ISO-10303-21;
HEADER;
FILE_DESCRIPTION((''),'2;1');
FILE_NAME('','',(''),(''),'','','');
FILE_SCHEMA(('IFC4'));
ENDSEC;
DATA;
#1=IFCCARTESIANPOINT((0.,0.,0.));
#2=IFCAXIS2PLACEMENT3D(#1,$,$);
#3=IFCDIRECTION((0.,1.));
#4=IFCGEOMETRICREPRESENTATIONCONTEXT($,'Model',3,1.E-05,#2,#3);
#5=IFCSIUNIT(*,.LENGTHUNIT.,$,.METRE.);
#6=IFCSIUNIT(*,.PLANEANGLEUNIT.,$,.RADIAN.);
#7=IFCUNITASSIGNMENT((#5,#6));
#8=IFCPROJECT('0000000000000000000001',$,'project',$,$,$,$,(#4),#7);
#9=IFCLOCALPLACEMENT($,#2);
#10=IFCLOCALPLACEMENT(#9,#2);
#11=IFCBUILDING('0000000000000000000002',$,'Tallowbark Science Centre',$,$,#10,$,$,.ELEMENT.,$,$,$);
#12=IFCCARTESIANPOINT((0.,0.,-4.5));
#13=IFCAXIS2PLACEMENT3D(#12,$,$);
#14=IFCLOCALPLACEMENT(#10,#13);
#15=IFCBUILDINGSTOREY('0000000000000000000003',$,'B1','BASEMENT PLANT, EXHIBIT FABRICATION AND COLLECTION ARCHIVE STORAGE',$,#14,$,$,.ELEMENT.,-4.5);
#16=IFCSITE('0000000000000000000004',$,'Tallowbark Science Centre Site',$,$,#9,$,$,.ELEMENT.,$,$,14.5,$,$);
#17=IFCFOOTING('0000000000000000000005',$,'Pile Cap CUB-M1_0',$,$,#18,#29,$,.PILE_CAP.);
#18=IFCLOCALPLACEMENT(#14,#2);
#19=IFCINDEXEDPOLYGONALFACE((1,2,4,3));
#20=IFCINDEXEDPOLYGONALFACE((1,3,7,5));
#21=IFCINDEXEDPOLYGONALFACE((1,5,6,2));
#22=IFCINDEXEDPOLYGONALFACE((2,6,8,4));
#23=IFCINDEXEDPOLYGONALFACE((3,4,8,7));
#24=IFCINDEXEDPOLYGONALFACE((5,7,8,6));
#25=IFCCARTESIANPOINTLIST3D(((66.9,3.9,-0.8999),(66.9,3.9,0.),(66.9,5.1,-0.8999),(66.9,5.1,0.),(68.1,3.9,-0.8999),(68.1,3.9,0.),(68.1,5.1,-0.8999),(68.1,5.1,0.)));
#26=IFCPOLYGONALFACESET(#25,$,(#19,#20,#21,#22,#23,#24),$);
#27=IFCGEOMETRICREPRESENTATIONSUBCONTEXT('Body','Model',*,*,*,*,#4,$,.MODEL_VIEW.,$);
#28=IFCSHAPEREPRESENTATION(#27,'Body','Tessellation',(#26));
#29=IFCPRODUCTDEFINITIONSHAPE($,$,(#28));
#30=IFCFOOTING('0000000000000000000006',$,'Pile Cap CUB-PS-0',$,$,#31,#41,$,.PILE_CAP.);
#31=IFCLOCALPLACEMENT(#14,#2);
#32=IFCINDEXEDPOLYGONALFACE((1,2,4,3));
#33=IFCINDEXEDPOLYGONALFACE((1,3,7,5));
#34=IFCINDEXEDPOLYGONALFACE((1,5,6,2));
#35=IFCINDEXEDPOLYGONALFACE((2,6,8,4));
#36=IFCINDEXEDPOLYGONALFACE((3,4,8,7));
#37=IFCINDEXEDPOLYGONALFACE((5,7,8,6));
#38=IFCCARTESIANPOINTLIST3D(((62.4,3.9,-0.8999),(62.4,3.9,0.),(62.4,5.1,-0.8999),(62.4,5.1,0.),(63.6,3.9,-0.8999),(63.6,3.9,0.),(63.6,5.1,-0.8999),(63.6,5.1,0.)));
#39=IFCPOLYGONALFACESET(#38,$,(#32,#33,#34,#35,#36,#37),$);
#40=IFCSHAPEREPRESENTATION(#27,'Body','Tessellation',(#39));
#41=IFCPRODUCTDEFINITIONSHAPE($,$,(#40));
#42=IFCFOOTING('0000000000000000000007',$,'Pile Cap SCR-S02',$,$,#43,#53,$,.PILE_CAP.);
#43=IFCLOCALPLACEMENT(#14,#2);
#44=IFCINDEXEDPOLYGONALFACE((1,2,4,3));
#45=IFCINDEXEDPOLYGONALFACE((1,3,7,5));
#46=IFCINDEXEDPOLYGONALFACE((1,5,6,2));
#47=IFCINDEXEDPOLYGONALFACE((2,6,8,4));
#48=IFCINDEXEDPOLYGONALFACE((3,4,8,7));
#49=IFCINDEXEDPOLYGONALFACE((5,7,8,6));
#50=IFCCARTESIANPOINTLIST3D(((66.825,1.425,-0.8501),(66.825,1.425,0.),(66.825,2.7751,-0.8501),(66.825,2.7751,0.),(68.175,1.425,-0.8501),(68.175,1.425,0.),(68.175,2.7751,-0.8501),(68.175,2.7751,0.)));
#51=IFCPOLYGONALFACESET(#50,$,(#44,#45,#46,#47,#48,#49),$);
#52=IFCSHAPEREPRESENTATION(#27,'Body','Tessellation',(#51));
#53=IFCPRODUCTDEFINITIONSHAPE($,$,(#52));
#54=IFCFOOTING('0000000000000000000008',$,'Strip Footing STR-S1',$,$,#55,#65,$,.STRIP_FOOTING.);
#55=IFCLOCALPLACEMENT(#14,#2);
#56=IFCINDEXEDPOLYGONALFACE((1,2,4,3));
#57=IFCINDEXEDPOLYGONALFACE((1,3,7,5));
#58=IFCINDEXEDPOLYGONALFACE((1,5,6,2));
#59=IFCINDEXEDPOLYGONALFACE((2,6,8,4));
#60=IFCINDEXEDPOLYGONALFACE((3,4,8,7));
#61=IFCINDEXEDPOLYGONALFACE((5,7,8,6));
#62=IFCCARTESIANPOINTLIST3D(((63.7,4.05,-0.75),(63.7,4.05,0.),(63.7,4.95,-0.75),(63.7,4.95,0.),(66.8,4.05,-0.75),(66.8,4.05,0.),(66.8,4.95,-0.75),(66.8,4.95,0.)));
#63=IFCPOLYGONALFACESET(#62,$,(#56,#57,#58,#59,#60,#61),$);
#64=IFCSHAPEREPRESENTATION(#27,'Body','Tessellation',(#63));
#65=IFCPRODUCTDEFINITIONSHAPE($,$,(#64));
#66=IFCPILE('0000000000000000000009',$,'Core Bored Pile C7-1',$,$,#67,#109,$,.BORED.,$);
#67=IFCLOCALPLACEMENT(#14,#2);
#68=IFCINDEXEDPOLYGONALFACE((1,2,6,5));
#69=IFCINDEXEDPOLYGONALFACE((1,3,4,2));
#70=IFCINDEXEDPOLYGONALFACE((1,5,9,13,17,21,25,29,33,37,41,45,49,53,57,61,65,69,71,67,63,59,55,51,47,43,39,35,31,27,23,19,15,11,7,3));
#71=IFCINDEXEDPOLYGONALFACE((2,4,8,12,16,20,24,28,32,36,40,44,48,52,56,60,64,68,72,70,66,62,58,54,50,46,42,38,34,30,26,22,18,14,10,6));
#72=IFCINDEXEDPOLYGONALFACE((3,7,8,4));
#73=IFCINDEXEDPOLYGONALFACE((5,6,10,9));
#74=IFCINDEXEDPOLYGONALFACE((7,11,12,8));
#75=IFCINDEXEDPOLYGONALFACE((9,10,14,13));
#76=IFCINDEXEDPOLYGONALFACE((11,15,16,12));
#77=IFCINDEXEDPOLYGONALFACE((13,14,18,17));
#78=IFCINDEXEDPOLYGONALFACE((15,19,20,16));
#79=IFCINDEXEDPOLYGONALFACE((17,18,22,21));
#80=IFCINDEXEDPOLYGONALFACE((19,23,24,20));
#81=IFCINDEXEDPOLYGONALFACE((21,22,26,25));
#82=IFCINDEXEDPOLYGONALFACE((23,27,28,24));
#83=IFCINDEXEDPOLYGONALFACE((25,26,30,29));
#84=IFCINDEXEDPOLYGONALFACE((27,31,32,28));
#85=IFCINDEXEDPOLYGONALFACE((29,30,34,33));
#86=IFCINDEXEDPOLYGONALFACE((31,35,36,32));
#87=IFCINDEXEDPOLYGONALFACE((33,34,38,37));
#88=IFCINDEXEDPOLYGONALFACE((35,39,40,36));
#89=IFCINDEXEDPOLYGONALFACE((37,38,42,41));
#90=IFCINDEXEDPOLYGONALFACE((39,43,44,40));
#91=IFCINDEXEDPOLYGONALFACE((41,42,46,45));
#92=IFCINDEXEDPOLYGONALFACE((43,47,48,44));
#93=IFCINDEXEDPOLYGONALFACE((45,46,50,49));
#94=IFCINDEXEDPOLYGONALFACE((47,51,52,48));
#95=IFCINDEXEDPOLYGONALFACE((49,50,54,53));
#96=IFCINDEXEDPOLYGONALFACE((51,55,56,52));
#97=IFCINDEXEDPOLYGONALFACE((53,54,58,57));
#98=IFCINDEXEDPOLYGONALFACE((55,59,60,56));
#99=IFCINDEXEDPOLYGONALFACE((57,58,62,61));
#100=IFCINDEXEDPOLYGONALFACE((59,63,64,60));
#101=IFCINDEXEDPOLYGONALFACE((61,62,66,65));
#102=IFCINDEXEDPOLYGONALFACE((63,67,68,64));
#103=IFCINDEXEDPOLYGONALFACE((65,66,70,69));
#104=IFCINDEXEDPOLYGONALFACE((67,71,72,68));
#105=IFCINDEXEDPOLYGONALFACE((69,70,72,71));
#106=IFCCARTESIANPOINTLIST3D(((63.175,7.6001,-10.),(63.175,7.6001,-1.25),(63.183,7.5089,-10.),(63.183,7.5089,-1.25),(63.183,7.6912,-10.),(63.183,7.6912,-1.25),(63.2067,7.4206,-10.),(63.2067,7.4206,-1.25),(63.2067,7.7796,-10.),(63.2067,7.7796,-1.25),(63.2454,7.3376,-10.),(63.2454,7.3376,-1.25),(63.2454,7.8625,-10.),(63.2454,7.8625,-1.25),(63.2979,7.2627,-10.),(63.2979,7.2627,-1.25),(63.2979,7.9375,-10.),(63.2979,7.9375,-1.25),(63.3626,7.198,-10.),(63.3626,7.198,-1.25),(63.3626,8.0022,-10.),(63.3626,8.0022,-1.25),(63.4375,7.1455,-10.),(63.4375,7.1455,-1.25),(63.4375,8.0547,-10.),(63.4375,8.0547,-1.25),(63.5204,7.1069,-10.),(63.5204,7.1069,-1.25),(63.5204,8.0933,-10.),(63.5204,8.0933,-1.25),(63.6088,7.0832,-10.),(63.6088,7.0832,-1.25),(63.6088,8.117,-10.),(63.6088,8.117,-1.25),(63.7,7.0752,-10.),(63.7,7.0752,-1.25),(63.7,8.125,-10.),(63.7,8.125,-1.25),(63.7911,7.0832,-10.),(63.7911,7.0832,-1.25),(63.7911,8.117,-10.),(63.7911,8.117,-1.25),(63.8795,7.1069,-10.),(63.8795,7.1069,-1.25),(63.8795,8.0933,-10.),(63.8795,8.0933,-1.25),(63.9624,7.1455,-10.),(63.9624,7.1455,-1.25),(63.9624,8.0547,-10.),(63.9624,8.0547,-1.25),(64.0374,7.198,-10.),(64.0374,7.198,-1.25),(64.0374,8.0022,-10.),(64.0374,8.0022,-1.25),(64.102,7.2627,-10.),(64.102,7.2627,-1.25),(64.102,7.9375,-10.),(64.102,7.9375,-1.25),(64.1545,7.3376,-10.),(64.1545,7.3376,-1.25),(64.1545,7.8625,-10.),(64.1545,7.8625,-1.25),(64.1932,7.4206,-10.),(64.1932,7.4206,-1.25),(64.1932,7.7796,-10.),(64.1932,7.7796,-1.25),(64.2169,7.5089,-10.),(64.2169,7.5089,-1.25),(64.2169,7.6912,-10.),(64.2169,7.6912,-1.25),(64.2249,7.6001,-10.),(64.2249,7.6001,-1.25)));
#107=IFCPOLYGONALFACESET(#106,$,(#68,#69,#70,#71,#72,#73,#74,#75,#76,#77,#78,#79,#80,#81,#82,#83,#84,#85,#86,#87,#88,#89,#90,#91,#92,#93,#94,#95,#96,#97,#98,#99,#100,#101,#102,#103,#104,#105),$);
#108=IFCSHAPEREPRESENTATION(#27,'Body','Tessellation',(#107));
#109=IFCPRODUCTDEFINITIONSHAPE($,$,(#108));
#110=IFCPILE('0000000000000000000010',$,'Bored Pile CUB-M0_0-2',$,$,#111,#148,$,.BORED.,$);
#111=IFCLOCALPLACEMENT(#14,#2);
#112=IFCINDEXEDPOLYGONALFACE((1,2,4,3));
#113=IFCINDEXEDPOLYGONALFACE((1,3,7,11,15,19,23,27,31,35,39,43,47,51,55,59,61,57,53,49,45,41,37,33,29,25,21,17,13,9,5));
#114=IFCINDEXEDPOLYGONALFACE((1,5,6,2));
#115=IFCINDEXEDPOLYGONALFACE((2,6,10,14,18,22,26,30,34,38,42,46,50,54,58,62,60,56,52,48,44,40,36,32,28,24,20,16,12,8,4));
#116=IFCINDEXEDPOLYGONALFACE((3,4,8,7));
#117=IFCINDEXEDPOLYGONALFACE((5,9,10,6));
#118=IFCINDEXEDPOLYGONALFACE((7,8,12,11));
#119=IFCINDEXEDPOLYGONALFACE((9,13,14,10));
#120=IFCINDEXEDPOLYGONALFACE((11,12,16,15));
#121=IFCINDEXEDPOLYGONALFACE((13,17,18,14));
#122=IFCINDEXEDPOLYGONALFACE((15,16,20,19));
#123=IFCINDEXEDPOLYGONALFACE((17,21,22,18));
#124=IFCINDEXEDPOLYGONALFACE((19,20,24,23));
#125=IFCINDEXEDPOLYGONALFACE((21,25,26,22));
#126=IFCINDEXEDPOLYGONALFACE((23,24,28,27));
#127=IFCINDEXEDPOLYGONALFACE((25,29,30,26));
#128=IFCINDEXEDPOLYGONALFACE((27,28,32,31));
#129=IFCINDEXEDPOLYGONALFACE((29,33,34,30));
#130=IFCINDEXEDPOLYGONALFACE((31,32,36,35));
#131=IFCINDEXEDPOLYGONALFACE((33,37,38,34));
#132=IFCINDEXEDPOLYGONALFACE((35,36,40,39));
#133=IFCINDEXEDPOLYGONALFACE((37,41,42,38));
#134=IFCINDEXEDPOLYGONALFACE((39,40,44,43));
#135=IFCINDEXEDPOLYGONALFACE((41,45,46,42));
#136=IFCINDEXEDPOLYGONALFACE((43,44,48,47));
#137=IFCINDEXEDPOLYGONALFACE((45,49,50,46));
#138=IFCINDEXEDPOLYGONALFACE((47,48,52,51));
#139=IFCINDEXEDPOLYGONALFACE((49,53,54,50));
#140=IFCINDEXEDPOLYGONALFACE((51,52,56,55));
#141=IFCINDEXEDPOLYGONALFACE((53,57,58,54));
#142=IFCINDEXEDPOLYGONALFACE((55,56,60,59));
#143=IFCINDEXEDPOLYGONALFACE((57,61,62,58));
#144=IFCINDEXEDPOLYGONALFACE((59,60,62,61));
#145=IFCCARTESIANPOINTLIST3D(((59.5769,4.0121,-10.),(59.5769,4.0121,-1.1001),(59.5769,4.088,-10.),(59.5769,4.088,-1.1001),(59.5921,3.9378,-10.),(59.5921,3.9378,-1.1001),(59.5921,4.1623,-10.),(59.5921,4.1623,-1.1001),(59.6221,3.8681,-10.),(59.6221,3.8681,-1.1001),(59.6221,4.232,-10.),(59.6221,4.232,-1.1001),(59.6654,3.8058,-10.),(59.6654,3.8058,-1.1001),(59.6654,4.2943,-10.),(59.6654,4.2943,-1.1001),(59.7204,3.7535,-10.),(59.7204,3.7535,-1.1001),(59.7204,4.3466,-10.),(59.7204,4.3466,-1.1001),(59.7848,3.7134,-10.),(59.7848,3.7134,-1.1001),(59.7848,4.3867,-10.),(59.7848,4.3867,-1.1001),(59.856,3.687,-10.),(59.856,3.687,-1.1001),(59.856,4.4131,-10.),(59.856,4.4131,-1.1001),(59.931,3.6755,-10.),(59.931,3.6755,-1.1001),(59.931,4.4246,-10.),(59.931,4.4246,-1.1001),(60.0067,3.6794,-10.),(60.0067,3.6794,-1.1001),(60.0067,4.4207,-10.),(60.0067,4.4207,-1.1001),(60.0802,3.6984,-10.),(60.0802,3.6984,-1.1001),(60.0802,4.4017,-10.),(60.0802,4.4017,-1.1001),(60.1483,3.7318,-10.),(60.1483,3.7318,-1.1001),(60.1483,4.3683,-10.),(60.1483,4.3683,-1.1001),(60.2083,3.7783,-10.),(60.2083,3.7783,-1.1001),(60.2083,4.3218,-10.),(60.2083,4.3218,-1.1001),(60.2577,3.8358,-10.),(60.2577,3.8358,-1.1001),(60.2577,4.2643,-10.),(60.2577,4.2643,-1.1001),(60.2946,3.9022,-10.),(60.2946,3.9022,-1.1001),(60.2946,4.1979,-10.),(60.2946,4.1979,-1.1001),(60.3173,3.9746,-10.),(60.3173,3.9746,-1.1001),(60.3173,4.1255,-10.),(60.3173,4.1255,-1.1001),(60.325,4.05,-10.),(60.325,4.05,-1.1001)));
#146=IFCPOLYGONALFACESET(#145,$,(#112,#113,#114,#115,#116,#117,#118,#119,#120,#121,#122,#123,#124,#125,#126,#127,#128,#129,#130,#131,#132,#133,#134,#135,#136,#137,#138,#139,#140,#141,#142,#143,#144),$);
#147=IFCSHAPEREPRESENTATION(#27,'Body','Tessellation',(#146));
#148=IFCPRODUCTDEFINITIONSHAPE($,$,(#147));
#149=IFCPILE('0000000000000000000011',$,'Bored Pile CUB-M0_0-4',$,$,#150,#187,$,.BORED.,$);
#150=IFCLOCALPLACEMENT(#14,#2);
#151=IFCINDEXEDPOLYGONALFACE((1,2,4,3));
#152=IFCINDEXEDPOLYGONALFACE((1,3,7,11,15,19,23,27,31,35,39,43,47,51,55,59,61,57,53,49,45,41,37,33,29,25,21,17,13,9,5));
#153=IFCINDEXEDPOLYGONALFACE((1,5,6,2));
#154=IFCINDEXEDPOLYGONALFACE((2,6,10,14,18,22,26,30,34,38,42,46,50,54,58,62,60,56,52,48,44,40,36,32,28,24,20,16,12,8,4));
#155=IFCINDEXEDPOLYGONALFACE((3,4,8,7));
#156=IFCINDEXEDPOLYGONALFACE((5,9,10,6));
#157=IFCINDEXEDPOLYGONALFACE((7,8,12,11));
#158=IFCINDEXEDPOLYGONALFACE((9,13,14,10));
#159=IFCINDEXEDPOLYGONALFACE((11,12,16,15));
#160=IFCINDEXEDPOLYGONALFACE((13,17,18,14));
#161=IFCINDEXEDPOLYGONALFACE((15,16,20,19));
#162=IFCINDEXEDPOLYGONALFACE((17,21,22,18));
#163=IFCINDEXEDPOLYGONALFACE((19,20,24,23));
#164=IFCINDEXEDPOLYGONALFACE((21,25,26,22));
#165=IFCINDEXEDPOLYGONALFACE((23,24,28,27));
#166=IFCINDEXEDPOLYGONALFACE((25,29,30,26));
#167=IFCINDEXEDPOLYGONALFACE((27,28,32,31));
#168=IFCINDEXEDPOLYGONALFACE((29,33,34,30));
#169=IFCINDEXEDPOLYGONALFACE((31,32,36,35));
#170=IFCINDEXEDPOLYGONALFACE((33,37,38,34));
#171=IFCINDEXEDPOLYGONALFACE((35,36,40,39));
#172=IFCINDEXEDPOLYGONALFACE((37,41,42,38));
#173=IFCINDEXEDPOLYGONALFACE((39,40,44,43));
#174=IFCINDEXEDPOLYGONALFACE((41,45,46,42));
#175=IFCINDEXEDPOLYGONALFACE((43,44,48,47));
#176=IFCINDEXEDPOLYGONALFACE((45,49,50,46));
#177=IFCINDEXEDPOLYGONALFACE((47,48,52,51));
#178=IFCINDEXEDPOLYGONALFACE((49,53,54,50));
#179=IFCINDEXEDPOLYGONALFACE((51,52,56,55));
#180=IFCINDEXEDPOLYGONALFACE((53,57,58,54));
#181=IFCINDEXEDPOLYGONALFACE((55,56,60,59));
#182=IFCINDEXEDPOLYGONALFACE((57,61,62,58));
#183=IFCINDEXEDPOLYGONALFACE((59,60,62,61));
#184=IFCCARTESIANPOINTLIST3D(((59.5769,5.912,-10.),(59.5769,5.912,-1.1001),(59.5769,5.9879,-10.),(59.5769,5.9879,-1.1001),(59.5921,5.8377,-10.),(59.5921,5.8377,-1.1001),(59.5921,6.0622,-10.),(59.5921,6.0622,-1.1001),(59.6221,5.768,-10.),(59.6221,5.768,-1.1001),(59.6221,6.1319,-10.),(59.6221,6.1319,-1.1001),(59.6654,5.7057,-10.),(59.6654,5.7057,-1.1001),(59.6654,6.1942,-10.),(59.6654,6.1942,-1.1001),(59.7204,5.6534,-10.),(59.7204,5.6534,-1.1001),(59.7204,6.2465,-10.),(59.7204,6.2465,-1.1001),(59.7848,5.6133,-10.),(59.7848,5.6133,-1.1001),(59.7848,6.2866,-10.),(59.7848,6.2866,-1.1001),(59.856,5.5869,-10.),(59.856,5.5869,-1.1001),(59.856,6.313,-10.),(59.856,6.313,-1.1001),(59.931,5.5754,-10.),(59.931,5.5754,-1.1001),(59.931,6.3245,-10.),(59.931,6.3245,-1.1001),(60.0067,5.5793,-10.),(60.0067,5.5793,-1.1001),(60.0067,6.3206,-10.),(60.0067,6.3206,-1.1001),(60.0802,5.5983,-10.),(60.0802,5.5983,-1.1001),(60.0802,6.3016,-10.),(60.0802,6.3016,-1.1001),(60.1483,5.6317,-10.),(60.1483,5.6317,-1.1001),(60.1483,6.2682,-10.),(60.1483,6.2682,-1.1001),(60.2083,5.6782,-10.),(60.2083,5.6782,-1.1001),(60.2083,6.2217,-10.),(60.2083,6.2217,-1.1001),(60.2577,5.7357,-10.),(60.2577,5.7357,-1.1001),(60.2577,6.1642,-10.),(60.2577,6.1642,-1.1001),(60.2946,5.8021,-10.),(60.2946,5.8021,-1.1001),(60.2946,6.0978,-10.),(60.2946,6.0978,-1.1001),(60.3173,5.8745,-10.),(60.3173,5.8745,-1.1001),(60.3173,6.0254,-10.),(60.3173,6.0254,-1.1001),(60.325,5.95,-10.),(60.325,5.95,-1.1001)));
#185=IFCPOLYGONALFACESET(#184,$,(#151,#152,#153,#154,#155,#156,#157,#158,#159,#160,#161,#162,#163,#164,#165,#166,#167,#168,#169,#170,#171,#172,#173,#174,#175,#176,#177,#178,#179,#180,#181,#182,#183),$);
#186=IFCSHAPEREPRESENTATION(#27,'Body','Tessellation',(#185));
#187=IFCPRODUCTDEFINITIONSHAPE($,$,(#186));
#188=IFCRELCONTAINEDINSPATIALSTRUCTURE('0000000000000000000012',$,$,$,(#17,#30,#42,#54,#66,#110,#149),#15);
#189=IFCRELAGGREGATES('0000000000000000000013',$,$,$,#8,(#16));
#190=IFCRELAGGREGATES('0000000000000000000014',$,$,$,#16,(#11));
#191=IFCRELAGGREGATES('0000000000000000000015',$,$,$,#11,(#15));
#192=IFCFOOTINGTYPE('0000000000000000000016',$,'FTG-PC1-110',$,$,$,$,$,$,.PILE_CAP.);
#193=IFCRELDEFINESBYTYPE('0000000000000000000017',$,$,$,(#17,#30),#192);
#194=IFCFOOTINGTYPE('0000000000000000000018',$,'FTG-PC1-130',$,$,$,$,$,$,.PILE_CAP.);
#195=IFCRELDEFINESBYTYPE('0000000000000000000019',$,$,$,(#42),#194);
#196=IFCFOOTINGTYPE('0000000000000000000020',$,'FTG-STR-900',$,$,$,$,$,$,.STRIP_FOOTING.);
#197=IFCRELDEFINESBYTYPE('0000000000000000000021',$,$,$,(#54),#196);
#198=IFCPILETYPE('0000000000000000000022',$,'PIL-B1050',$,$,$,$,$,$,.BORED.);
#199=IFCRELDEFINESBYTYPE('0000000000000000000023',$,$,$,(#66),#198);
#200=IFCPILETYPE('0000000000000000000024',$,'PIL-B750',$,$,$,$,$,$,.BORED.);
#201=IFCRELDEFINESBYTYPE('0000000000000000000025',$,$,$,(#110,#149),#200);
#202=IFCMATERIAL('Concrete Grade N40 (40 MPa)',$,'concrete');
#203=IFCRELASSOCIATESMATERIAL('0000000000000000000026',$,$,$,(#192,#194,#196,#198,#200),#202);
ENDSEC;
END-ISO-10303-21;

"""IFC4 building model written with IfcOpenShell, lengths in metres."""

from ifc_helpers import new_model, si_unit, direction, frame, origin, origin_2d, place, context, subcontext, project, spatial, rectangle, circle, extrude, material, material_profile, profile_set, type_object, element, save


model = new_model("IFC4")

# Units and contexts
model_context = context("Model", 3, precision=1e-05, world=origin(), true_north=direction((0.0, 1.0)))
body_context = subcontext(model_context, "Body", "Model", "MODEL_VIEW")
ifc_project = project(units=[si_unit("LENGTHUNIT", "METRE"), si_unit("PLANEANGLEUNIT", "RADIAN")], contexts=[model_context])

# Site, building, storey
site_placement = place(None, origin())
site = spatial("IfcSite", under=ifc_project, at=site_placement, Name="Tallowbark Science Centre Site", CompositionType="ELEMENT", RefElevation=14.5)
building_placement = place(site_placement, origin())
building = spatial("IfcBuilding", under=site, at=building_placement, Name="Tallowbark Science Centre", CompositionType="ELEMENT")
storey_placement = place(building_placement, frame((0.0, 0.0, -4.5)))
storey = spatial("IfcBuildingStorey", under=building, at=storey_placement, Name="B1", Description="BASEMENT PLANT, EXHIBIT FABRICATION AND COLLECTION ARCHIVE STORAGE", CompositionType="ELEMENT", Elevation=-4.5)

# Footings
ifc_material_1 = material(Name="Concrete Grade N40 (40 MPa)", Category="concrete")
footing_type_1 = type_object("IfcFootingType", Name="FTG-PC1-110", PredefinedType="PILE_CAP", material=ifc_material_1)
for number, where, z_axis, x_axis, name in (
    (1, (67.5, 4.5, -0.8999), (0.0, 0.0, 1.0), (1.0, 0.0, 0.0), "Pile Cap CUB-M1_0"),
    (2, (63.0, 4.5, -0.8999), (0.0, 0.0, 1.0), (1.0, 0.0, 0.0), "Pile Cap CUB-PS-0"),
):
    element("IfcFooting", number, at=place(storey_placement, frame(where, z_axis=z_axis, x_axis=x_axis)), inside=storey, type_object=footing_type_1, Name=name, PredefinedType="PILE_CAP", context=body_context, shape_type="SweptSolid", body=[
        extrude(rectangle(XDim=1.2, YDim=1.2, at=origin_2d()), origin(), (0.0, 0.0, 1.0), 0.8999),
    ])
footing_type_2 = type_object("IfcFootingType", Name="FTG-PC1-130", PredefinedType="PILE_CAP", material=ifc_material_1)
footing_1_placement = place(storey_placement, frame((67.5, 2.1001, -0.8501), z_axis=(0.0, 0.0, 1.0), x_axis=(1.0, 0.0, 0.0)))
element("IfcFooting", 3, at=footing_1_placement, inside=storey, type_object=footing_type_2, Name="Pile Cap SCR-S02", PredefinedType="PILE_CAP", context=body_context, shape_type="SweptSolid", body=[
    extrude(rectangle(XDim=1.3501, YDim=1.3501, at=origin_2d()), origin(), (0.0, 0.0, 1.0), 0.8501),
])
footing_type_3 = type_object("IfcFootingType", Name="FTG-STR-900", PredefinedType="STRIP_FOOTING", material=ifc_material_1)
footing_2_placement = place(storey_placement, frame((65.25, 4.5, -0.75), z_axis=(0.0, 0.0, 1.0), x_axis=(1.0, 0.0, 0.0)))
element("IfcFooting", 4, at=footing_2_placement, inside=storey, type_object=footing_type_3, Name="Strip Footing STR-S1", PredefinedType="STRIP_FOOTING", context=body_context, shape_type="SweptSolid", body=[
    extrude(rectangle(XDim=3.1001, YDim=0.8999, at=origin_2d()), origin(), (0.0, 0.0, 1.0), 0.75),
])

# Piles
ifc_material_profile_1 = material_profile(ifc_material_1, circle(Radius=0.5249, at=origin_2d()), Name="PILE1050")
ifc_profile_set_1 = profile_set([ifc_material_profile_1], Name="Concrete Grade N40 (40 MPa)")
pile_type_1 = type_object("IfcPileType", Name="PIL-B1050", PredefinedType="BORED", material=ifc_profile_set_1)
pile_1_placement = place(storey_placement, frame((63.7, 7.6001, -1.25), z_axis=(0.0, 0.0, -1.0), x_axis=(1.0, 0.0, 0.0)))
element("IfcPile", 5, at=pile_1_placement, inside=storey, type_object=pile_type_1, Name="Core Bored Pile C7-1", PredefinedType="BORED", context=body_context, shape_type="SweptSolid", body=[
    extrude(circle(Radius=0.5249, at=origin_2d()), origin(), (0.0, 0.0, 1.0), 8.75),
])
ifc_material_profile_2 = material_profile(ifc_material_1, circle(Radius=0.375, at=origin_2d()), Name="PILE750")
ifc_profile_set_2 = profile_set([ifc_material_profile_2], Name="Concrete Grade N40 (40 MPa)")
pile_type_2 = type_object("IfcPileType", Name="PIL-B750", PredefinedType="BORED", material=ifc_profile_set_2)
for number, where, z_axis, x_axis, name in (
    (6, (59.95, 4.05, -1.1001), (0.0, 0.0, -1.0), (1.0, 0.0, 0.0), "Bored Pile CUB-M0_0-2"),
    (7, (59.95, 5.95, -1.1001), (0.0, 0.0, -1.0), (1.0, 0.0, 0.0), "Bored Pile CUB-M0_0-4"),
):
    element("IfcPile", number, at=place(storey_placement, frame(where, z_axis=z_axis, x_axis=x_axis)), inside=storey, type_object=pile_type_2, Name=name, PredefinedType="BORED", context=body_context, shape_type="SweptSolid", body=[
        extrude(circle(Radius=0.375, at=origin_2d()), origin(), (0.0, 0.0, 1.0), 8.8999),
    ])

save(model, "model.ifc")
